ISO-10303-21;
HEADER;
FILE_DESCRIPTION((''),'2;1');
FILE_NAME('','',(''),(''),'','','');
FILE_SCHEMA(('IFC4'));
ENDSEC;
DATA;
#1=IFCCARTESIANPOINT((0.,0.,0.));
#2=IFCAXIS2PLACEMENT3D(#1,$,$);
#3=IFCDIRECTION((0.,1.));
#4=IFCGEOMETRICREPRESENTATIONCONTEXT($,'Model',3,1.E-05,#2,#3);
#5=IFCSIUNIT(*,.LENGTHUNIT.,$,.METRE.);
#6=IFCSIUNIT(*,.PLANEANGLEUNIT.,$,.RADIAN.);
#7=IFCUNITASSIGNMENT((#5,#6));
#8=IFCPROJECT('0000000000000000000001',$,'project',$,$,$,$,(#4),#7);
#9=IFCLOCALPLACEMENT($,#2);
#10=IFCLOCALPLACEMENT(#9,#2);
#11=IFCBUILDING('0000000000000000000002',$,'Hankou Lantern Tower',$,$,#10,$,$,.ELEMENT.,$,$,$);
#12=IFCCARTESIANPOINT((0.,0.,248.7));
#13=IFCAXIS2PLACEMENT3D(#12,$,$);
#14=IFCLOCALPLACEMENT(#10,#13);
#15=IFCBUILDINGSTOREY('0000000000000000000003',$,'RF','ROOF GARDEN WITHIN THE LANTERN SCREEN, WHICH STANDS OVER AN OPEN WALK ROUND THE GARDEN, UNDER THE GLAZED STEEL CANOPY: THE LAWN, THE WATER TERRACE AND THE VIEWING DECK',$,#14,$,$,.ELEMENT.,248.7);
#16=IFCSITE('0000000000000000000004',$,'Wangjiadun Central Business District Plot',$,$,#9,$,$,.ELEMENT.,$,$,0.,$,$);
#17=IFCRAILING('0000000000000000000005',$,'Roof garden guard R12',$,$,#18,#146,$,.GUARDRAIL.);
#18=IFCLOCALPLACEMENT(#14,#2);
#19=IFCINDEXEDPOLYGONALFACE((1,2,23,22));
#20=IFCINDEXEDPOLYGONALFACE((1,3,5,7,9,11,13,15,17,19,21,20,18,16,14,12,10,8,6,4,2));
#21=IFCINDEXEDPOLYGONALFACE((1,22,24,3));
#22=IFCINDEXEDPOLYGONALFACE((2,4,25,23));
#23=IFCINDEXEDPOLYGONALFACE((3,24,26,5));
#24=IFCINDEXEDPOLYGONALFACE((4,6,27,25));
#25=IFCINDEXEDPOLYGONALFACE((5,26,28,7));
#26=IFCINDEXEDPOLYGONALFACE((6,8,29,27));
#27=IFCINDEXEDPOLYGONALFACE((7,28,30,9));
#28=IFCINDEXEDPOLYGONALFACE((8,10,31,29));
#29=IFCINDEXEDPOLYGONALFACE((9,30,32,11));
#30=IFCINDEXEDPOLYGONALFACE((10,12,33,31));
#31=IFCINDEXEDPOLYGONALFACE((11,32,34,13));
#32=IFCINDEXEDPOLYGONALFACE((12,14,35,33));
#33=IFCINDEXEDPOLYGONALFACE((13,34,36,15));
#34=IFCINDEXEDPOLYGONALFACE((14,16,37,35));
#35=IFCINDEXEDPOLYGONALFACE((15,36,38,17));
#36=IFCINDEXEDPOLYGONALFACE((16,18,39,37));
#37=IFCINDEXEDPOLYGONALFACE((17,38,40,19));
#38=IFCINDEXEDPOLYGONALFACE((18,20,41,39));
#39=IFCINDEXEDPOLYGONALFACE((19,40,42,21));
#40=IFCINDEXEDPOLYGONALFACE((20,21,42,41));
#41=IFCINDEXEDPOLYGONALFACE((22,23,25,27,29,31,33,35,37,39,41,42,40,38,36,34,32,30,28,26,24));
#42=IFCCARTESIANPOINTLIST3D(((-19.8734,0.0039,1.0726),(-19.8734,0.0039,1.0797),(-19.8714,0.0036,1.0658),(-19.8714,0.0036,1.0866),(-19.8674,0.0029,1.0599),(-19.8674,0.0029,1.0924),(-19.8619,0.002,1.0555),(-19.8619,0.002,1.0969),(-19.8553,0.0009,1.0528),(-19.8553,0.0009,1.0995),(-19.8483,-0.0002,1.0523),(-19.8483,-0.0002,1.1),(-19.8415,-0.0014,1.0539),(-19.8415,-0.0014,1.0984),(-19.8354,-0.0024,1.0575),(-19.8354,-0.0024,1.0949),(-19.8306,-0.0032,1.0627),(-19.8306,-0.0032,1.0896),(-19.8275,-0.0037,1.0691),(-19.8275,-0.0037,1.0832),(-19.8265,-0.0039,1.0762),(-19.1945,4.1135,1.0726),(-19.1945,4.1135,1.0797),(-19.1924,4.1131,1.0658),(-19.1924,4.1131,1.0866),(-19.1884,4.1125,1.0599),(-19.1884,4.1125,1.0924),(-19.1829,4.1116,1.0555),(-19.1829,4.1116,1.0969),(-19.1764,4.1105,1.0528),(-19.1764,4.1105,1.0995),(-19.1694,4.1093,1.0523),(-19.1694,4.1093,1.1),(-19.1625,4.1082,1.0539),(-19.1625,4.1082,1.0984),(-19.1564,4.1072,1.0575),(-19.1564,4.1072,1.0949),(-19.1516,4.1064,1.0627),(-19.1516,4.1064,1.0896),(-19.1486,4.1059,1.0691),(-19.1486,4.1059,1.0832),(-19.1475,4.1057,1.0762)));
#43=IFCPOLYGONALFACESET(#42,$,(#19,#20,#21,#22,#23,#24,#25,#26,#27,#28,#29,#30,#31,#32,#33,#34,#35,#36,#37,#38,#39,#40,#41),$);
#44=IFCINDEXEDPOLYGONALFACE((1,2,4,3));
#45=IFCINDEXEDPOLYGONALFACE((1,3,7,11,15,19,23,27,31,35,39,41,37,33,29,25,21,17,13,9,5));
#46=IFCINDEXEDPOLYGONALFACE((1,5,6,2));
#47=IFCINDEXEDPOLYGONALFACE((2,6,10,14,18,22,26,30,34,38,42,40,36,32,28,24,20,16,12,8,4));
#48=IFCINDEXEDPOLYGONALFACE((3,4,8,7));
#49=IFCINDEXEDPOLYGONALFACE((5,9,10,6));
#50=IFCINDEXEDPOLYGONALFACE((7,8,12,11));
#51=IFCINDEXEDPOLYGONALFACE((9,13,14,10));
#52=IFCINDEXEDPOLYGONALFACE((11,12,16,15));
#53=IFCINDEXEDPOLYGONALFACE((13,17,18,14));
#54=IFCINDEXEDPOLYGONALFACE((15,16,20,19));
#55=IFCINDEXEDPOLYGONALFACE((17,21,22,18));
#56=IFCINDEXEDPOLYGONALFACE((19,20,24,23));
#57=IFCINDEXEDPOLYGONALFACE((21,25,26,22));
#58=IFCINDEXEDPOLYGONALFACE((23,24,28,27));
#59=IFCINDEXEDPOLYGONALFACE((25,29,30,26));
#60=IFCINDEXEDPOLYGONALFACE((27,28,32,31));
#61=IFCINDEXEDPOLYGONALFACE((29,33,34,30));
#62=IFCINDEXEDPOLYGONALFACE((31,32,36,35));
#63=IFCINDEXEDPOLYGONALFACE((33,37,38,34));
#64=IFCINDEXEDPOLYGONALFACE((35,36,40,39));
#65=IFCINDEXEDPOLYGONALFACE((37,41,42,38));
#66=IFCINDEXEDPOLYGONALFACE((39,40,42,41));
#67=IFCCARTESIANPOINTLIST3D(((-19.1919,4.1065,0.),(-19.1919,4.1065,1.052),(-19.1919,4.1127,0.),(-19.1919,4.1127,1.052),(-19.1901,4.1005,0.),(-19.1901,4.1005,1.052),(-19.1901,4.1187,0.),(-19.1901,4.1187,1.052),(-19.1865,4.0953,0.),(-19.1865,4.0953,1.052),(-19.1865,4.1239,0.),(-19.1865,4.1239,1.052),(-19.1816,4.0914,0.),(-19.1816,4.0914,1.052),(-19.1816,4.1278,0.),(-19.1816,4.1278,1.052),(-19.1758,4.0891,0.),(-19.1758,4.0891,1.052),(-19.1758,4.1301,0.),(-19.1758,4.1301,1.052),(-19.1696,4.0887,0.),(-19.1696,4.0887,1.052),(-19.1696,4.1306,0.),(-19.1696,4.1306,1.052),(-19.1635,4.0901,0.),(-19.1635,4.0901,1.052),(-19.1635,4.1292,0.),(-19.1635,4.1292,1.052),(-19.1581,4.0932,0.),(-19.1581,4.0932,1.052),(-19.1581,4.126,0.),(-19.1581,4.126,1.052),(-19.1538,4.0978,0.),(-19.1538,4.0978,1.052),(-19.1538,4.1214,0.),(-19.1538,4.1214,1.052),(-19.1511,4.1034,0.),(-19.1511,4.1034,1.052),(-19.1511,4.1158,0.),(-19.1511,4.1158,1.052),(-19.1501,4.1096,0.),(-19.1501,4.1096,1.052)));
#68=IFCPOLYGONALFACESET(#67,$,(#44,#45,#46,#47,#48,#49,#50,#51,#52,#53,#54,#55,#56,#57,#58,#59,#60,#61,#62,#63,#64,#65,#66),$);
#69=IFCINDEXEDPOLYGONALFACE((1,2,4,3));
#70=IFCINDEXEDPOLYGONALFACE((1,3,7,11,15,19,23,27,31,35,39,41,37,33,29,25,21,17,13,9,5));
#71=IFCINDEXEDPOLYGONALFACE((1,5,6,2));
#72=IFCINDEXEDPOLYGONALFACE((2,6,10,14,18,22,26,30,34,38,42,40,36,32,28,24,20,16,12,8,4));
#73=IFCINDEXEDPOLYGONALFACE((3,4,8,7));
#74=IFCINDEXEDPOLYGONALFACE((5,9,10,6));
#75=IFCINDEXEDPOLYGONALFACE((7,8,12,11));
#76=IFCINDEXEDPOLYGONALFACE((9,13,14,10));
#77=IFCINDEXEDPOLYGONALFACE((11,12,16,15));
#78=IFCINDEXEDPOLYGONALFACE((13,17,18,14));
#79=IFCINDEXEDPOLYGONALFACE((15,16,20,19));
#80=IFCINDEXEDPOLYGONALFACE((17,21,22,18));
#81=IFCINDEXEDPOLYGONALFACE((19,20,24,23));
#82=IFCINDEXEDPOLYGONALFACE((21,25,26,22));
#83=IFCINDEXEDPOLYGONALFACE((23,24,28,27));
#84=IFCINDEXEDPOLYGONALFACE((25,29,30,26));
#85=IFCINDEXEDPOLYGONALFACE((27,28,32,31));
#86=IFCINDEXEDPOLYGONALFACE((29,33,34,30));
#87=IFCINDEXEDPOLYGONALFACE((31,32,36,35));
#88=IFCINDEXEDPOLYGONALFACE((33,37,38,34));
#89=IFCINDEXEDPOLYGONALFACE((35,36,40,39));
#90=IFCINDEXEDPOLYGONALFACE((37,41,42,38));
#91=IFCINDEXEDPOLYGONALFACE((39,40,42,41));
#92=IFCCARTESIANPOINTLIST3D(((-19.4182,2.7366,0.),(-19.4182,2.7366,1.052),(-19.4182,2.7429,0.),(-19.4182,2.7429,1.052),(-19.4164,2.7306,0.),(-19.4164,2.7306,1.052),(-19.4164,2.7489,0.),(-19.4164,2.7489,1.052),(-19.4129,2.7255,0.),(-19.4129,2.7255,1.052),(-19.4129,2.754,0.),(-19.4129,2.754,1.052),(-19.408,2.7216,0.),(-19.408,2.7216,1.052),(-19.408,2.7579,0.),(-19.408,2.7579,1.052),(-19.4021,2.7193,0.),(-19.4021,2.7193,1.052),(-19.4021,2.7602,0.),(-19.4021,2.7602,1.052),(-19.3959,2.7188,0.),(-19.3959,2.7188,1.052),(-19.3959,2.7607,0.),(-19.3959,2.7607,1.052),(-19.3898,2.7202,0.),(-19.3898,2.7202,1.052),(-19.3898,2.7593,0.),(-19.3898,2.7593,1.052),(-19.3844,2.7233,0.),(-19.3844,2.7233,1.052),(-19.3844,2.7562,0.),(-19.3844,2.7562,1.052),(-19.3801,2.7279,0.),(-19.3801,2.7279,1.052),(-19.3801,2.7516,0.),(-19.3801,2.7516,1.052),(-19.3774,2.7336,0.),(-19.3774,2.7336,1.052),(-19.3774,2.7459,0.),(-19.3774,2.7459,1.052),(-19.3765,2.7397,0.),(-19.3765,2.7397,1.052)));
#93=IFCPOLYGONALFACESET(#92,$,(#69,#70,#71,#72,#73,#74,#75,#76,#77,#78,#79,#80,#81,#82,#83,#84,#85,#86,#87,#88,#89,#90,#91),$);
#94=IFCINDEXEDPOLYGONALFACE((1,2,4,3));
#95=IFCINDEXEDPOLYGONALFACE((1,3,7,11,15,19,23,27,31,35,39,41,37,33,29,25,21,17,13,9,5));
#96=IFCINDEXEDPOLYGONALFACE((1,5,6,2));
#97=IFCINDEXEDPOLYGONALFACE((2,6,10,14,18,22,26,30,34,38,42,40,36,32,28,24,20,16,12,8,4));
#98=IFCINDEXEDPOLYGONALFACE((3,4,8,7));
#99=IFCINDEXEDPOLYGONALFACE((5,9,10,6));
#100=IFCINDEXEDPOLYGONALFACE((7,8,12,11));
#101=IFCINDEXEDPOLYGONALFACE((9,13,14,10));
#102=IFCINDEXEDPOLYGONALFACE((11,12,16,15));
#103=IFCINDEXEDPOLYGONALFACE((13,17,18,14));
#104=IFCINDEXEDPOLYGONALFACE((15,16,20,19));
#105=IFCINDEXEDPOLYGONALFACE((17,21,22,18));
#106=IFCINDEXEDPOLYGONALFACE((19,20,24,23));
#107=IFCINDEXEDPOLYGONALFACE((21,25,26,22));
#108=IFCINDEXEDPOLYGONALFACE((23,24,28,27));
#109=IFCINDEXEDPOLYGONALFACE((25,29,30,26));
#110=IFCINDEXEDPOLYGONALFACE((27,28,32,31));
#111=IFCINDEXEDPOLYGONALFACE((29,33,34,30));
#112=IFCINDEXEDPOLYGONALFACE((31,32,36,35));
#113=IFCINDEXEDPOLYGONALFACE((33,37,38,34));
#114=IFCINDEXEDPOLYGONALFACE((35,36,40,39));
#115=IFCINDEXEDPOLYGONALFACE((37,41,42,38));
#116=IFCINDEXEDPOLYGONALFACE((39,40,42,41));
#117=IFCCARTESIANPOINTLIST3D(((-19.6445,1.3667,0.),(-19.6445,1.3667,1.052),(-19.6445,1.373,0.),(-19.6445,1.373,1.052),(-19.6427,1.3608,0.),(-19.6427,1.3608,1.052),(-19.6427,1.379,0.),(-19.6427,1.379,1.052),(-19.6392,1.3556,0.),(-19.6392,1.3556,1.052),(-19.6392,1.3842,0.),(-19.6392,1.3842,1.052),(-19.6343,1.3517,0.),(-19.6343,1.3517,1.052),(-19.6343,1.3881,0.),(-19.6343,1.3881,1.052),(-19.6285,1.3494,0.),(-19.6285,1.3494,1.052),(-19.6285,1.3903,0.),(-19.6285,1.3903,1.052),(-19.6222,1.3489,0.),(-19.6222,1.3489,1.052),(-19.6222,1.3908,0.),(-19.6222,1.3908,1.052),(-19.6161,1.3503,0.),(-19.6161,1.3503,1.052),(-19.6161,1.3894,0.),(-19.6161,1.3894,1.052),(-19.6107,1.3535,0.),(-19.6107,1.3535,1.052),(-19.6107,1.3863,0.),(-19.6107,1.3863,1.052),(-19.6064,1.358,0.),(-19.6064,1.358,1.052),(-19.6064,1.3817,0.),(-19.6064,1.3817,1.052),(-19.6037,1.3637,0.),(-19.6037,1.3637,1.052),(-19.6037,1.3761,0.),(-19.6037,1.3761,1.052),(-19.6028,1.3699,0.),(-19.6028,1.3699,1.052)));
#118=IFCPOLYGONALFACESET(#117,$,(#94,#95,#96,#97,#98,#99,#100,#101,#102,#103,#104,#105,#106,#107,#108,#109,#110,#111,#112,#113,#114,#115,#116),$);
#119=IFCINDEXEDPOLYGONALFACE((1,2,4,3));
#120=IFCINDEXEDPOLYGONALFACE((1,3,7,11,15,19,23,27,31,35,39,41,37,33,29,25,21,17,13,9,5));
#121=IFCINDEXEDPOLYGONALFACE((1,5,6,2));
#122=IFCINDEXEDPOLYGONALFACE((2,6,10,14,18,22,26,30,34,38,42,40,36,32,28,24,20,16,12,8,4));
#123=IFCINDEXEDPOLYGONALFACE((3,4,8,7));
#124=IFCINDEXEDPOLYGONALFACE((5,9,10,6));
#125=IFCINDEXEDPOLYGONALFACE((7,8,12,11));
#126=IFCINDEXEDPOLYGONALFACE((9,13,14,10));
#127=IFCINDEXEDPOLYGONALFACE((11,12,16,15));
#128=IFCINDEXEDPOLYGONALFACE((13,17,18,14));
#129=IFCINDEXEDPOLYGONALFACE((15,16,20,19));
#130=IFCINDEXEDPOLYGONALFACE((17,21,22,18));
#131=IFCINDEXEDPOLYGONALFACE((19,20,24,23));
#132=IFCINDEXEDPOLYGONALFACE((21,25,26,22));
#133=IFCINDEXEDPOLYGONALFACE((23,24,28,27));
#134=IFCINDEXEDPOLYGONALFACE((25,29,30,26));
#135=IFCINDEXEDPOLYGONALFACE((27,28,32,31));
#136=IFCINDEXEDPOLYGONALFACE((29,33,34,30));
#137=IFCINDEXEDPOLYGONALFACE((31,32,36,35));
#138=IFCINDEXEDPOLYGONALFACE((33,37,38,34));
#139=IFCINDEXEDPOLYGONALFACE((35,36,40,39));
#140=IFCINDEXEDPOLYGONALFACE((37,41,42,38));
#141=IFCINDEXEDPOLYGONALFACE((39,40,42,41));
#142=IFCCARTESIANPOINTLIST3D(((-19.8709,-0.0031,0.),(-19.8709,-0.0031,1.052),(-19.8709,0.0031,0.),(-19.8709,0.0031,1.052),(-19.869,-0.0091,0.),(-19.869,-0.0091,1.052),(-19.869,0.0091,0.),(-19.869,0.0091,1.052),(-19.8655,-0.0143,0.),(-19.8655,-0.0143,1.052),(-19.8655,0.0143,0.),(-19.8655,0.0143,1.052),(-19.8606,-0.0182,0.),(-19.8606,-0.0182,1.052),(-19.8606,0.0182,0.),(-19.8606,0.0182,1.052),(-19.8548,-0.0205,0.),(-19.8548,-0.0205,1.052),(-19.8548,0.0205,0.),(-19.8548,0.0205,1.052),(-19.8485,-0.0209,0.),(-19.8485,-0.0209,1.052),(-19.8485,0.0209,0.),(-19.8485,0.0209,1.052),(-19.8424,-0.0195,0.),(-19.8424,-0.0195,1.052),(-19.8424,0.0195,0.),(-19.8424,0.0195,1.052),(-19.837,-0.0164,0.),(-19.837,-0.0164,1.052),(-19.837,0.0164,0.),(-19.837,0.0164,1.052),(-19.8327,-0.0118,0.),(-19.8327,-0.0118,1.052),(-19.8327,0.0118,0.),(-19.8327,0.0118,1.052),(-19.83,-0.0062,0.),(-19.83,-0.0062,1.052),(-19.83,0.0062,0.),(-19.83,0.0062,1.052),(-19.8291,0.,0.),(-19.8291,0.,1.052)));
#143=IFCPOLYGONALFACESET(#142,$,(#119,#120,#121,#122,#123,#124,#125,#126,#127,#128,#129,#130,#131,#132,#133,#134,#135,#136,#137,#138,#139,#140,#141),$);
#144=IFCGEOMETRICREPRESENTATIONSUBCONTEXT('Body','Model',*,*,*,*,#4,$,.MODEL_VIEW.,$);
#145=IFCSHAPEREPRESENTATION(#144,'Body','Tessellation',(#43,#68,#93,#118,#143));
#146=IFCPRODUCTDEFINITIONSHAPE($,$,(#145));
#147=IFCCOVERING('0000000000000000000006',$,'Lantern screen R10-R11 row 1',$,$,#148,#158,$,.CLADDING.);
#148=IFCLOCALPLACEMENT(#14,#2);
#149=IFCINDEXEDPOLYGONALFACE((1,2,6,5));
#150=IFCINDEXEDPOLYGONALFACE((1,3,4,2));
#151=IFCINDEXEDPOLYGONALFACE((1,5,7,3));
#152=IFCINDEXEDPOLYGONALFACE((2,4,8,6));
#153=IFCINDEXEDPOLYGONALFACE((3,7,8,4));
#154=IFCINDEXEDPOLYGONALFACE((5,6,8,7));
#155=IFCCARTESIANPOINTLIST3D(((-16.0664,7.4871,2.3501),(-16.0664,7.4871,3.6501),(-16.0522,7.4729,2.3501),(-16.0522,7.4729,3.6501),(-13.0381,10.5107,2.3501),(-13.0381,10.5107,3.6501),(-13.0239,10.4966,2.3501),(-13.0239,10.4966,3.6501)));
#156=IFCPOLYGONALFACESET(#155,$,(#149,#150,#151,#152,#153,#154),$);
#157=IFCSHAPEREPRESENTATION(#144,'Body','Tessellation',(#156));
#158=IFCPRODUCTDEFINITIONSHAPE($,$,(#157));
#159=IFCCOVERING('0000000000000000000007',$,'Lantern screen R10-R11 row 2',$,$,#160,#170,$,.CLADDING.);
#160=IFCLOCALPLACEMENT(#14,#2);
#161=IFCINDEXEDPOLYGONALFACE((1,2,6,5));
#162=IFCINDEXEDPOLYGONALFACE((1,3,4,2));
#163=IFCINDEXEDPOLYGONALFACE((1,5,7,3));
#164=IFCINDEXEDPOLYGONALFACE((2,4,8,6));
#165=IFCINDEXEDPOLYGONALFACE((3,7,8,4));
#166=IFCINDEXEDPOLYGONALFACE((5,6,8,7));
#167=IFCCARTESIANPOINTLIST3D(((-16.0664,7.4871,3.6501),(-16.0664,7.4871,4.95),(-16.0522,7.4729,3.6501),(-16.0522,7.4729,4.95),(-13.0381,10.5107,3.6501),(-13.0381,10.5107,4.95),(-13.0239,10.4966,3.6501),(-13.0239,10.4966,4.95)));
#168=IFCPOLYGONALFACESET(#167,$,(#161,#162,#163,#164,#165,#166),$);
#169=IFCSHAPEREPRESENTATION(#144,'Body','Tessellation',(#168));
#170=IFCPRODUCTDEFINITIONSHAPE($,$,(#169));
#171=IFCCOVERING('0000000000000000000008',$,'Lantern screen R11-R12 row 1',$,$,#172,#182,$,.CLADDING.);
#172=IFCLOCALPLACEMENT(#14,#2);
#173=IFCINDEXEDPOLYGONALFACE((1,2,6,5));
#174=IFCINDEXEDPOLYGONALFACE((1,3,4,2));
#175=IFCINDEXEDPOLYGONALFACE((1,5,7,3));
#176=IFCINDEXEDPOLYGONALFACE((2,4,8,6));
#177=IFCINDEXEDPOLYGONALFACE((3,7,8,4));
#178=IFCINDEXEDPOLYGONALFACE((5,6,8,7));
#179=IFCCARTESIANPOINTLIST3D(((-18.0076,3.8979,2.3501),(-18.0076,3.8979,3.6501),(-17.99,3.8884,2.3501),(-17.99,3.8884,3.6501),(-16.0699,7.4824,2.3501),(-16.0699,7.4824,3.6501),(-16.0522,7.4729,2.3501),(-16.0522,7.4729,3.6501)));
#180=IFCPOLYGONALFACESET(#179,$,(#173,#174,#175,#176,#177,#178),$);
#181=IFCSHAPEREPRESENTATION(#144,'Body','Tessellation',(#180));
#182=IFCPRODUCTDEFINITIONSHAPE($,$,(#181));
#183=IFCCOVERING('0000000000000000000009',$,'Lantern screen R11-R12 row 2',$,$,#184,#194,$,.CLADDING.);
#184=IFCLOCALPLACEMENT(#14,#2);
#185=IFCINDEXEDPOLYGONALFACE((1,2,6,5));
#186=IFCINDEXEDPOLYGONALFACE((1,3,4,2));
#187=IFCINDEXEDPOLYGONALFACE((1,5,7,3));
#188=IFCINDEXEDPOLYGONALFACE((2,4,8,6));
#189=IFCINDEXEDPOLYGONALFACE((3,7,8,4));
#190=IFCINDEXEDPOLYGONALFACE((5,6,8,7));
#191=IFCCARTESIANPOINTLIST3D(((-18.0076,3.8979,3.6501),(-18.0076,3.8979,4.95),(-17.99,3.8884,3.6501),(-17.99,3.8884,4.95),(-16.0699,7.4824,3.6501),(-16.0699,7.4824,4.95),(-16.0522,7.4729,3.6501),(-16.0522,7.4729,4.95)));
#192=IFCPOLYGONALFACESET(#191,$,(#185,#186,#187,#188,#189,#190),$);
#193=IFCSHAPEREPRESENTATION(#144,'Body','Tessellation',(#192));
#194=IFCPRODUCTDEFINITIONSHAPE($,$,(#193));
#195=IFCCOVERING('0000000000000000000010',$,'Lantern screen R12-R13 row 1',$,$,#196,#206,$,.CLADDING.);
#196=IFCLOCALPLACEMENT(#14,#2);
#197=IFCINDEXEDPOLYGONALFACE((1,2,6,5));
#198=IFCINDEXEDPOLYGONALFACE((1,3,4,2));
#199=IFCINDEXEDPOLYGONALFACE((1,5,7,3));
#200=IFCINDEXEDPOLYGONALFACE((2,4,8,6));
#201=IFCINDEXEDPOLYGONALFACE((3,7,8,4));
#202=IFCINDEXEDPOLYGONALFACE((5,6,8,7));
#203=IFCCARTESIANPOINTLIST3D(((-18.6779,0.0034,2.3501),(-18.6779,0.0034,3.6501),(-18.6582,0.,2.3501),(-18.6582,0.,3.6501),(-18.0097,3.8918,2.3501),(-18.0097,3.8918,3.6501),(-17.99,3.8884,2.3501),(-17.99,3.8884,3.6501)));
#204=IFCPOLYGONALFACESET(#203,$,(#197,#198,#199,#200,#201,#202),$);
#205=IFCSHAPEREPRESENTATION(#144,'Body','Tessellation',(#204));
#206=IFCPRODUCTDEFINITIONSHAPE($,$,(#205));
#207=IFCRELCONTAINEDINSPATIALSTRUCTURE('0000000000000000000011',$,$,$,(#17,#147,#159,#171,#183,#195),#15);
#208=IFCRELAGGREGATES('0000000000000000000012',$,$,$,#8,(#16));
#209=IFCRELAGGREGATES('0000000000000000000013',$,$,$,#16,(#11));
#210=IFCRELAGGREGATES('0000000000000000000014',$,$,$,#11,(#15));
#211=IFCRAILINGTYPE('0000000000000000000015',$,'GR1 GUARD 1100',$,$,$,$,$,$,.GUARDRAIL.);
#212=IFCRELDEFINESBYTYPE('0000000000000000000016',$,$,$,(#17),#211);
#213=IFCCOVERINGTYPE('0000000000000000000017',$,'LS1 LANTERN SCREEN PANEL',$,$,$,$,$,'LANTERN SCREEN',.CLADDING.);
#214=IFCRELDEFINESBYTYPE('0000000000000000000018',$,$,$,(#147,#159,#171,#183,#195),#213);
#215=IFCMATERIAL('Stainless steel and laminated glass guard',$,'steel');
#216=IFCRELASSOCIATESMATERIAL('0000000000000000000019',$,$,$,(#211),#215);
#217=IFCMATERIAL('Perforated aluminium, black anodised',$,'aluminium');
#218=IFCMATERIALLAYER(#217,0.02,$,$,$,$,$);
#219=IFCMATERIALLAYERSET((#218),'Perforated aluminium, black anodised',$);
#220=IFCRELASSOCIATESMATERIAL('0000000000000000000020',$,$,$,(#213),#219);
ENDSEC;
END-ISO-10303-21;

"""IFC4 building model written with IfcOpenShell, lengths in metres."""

from ifc_helpers import new_model, si_unit, direction, frame, origin, origin_2d, place, context, subcontext, project, spatial, polyline, circle, outline, extrude, material, layer, layer_set, type_object, element, save


model = new_model("IFC4")

# Units and contexts
model_context = context("Model", 3, precision=1e-05, world=origin(), true_north=direction((0.0, 1.0)))
body_context = subcontext(model_context, "Body", "Model", "MODEL_VIEW")
ifc_project = project(units=[si_unit("LENGTHUNIT", "METRE"), si_unit("PLANEANGLEUNIT", "RADIAN")], contexts=[model_context])

# Site, building, storey
site_placement = place(None, origin())
site = spatial("IfcSite", under=ifc_project, at=site_placement, Name="Wangjiadun Central Business District Plot", CompositionType="ELEMENT", RefElevation=0.0)
building_placement = place(site_placement, origin())
building = spatial("IfcBuilding", under=site, at=building_placement, Name="Hankou Lantern Tower", CompositionType="ELEMENT")
storey_placement = place(building_placement, frame((0.0, 0.0, 248.7)))
storey = spatial("IfcBuildingStorey", under=building, at=storey_placement, Name="RF", Description="ROOF GARDEN WITHIN THE LANTERN SCREEN, WHICH STANDS OVER AN OPEN WALK ROUND THE GARDEN, UNDER THE GLAZED STEEL CANOPY: THE LAWN, THE WATER TERRACE AND THE VIEWING DECK", CompositionType="ELEMENT", Elevation=248.7)

# Railing
ifc_material_1 = material(Name="Stainless steel and laminated glass guard", Category="steel")
railing_type = type_object("IfcRailingType", Name="GR1 GUARD 1100", PredefinedType="GUARDRAIL", material=ifc_material_1)
railing_1_placement = place(storey_placement, frame((-19.1711, 4.1096, 0.0)))
element("IfcRailing", 1, at=railing_1_placement, inside=storey, type_object=railing_type, Name="Roof garden guard R12", PredefinedType="GUARDRAIL", context=body_context, shape_type="SweptSolid", body=[
    extrude(circle(Radius=0.0239, at=origin_2d()), frame((0.0, 0.0, 1.0762), z_axis=(-0.163002, -0.986626, 0.0), x_axis=(0.986626, -0.163002, 0.0)), (0.0, 0.0, 1.0), 4.1653),
    extrude(circle(Radius=0.021, at=origin_2d()), origin(), (0.0, 0.0, 1.0), 1.052),
    extrude(circle(Radius=0.021, at=origin_2d()), frame((-0.2263, -1.3699, 0.0)), (0.0, 0.0, 1.0), 1.052),
    extrude(circle(Radius=0.021, at=origin_2d()), frame((-0.4526, -2.7397, 0.0)), (0.0, 0.0, 1.0), 1.052),
    extrude(circle(Radius=0.021, at=origin_2d()), frame((-0.679, -4.1096, 0.0)), (0.0, 0.0, 1.0), 1.052),
])

# Coverings
ifc_material_2 = material(Name="Perforated aluminium, black anodised", Category="aluminium")
ifc_layer_1 = layer(ifc_material_2, 0.02)
ifc_layer_set_1 = layer_set([ifc_layer_1], Name="Perforated aluminium, black anodised")
covering_type = type_object("IfcCoveringType", Name="LS1 LANTERN SCREEN PANEL", ElementType="LANTERN SCREEN", PredefinedType="CLADDING", material=ifc_layer_set_1)
covering_1_placement = place(storey_placement, frame((-13.0239, 10.4966, 2.3501), z_axis=(0.706565, -0.707649, 0.0), x_axis=(-0.707649, -0.706565, 0.0)))
element("IfcCovering", 2, at=covering_1_placement, inside=storey, type_object=covering_type, Name="Lantern screen R10-R11 row 1", PredefinedType="CLADDING", context=body_context, shape_type="SweptSolid", body=[
    extrude(outline(polyline([(0.0, 0.0), (4.2794, 0.0), (4.2794, -1.3), (0.0, -1.3), (0.0, 0.0)])), origin(), (0.0, 0.0, -1.0), 0.02),
])
covering_2_placement = place(storey_placement, frame((-13.0239, 10.4966, 3.6501), z_axis=(0.706565, -0.707649, 0.0), x_axis=(-0.707649, -0.706565, 0.0)))
element("IfcCovering", 3, at=covering_2_placement, inside=storey, type_object=covering_type, Name="Lantern screen R10-R11 row 2", PredefinedType="CLADDING", context=body_context, shape_type="SweptSolid", body=[
    extrude(outline(polyline([(0.0, 0.0), (4.2794, 0.0), (4.2794, -1.2998), (0.0, -1.2998), (0.0, 0.0)])), origin(), (0.0, 0.0, -1.0), 0.02),
])
covering_3_placement = place(storey_placement, frame((-16.0522, 7.4729, 2.3501), z_axis=(0.879687, -0.475553, 0.0), x_axis=(-0.475553, -0.879687, 0.0)))
element("IfcCovering", 4, at=covering_3_placement, inside=storey, type_object=covering_type, Name="Lantern screen R11-R12 row 1", PredefinedType="CLADDING", context=body_context, shape_type="SweptSolid", body=[
    extrude(outline(polyline([(0.0, 0.0), (4.0747, 0.0), (4.0747, -1.3), (0.0, -1.3), (0.0, 0.0)])), origin(), (0.0, 0.0, -1.0), 0.02),
])
covering_4_placement = place(storey_placement, frame((-16.0522, 7.4729, 3.6501), z_axis=(0.879687, -0.475553, 0.0), x_axis=(-0.475553, -0.879687, 0.0)))
element("IfcCovering", 5, at=covering_4_placement, inside=storey, type_object=covering_type, Name="Lantern screen R11-R12 row 2", PredefinedType="CLADDING", context=body_context, shape_type="SweptSolid", body=[
    extrude(outline(polyline([(0.0, 0.0), (4.0747, 0.0), (4.0747, -1.2998), (0.0, -1.2998), (0.0, 0.0)])), origin(), (0.0, 0.0, -1.0), 0.02),
])
covering_5_placement = place(storey_placement, frame((-17.99, 3.8884, 2.3501), z_axis=(0.985554, -0.169364, 0.0), x_axis=(-0.169364, -0.985554, 0.0)))
element("IfcCovering", 6, at=covering_5_placement, inside=storey, type_object=covering_type, Name="Lantern screen R12-R13 row 1", PredefinedType="CLADDING", context=body_context, shape_type="SweptSolid", body=[
    extrude(outline(polyline([(0.0, 0.0), (3.9454, 0.0), (3.9454, -1.3), (0.0, -1.3), (0.0, 0.0)])), origin(), (0.0, 0.0, -1.0), 0.02),
])

save(model, "model.ifc")
